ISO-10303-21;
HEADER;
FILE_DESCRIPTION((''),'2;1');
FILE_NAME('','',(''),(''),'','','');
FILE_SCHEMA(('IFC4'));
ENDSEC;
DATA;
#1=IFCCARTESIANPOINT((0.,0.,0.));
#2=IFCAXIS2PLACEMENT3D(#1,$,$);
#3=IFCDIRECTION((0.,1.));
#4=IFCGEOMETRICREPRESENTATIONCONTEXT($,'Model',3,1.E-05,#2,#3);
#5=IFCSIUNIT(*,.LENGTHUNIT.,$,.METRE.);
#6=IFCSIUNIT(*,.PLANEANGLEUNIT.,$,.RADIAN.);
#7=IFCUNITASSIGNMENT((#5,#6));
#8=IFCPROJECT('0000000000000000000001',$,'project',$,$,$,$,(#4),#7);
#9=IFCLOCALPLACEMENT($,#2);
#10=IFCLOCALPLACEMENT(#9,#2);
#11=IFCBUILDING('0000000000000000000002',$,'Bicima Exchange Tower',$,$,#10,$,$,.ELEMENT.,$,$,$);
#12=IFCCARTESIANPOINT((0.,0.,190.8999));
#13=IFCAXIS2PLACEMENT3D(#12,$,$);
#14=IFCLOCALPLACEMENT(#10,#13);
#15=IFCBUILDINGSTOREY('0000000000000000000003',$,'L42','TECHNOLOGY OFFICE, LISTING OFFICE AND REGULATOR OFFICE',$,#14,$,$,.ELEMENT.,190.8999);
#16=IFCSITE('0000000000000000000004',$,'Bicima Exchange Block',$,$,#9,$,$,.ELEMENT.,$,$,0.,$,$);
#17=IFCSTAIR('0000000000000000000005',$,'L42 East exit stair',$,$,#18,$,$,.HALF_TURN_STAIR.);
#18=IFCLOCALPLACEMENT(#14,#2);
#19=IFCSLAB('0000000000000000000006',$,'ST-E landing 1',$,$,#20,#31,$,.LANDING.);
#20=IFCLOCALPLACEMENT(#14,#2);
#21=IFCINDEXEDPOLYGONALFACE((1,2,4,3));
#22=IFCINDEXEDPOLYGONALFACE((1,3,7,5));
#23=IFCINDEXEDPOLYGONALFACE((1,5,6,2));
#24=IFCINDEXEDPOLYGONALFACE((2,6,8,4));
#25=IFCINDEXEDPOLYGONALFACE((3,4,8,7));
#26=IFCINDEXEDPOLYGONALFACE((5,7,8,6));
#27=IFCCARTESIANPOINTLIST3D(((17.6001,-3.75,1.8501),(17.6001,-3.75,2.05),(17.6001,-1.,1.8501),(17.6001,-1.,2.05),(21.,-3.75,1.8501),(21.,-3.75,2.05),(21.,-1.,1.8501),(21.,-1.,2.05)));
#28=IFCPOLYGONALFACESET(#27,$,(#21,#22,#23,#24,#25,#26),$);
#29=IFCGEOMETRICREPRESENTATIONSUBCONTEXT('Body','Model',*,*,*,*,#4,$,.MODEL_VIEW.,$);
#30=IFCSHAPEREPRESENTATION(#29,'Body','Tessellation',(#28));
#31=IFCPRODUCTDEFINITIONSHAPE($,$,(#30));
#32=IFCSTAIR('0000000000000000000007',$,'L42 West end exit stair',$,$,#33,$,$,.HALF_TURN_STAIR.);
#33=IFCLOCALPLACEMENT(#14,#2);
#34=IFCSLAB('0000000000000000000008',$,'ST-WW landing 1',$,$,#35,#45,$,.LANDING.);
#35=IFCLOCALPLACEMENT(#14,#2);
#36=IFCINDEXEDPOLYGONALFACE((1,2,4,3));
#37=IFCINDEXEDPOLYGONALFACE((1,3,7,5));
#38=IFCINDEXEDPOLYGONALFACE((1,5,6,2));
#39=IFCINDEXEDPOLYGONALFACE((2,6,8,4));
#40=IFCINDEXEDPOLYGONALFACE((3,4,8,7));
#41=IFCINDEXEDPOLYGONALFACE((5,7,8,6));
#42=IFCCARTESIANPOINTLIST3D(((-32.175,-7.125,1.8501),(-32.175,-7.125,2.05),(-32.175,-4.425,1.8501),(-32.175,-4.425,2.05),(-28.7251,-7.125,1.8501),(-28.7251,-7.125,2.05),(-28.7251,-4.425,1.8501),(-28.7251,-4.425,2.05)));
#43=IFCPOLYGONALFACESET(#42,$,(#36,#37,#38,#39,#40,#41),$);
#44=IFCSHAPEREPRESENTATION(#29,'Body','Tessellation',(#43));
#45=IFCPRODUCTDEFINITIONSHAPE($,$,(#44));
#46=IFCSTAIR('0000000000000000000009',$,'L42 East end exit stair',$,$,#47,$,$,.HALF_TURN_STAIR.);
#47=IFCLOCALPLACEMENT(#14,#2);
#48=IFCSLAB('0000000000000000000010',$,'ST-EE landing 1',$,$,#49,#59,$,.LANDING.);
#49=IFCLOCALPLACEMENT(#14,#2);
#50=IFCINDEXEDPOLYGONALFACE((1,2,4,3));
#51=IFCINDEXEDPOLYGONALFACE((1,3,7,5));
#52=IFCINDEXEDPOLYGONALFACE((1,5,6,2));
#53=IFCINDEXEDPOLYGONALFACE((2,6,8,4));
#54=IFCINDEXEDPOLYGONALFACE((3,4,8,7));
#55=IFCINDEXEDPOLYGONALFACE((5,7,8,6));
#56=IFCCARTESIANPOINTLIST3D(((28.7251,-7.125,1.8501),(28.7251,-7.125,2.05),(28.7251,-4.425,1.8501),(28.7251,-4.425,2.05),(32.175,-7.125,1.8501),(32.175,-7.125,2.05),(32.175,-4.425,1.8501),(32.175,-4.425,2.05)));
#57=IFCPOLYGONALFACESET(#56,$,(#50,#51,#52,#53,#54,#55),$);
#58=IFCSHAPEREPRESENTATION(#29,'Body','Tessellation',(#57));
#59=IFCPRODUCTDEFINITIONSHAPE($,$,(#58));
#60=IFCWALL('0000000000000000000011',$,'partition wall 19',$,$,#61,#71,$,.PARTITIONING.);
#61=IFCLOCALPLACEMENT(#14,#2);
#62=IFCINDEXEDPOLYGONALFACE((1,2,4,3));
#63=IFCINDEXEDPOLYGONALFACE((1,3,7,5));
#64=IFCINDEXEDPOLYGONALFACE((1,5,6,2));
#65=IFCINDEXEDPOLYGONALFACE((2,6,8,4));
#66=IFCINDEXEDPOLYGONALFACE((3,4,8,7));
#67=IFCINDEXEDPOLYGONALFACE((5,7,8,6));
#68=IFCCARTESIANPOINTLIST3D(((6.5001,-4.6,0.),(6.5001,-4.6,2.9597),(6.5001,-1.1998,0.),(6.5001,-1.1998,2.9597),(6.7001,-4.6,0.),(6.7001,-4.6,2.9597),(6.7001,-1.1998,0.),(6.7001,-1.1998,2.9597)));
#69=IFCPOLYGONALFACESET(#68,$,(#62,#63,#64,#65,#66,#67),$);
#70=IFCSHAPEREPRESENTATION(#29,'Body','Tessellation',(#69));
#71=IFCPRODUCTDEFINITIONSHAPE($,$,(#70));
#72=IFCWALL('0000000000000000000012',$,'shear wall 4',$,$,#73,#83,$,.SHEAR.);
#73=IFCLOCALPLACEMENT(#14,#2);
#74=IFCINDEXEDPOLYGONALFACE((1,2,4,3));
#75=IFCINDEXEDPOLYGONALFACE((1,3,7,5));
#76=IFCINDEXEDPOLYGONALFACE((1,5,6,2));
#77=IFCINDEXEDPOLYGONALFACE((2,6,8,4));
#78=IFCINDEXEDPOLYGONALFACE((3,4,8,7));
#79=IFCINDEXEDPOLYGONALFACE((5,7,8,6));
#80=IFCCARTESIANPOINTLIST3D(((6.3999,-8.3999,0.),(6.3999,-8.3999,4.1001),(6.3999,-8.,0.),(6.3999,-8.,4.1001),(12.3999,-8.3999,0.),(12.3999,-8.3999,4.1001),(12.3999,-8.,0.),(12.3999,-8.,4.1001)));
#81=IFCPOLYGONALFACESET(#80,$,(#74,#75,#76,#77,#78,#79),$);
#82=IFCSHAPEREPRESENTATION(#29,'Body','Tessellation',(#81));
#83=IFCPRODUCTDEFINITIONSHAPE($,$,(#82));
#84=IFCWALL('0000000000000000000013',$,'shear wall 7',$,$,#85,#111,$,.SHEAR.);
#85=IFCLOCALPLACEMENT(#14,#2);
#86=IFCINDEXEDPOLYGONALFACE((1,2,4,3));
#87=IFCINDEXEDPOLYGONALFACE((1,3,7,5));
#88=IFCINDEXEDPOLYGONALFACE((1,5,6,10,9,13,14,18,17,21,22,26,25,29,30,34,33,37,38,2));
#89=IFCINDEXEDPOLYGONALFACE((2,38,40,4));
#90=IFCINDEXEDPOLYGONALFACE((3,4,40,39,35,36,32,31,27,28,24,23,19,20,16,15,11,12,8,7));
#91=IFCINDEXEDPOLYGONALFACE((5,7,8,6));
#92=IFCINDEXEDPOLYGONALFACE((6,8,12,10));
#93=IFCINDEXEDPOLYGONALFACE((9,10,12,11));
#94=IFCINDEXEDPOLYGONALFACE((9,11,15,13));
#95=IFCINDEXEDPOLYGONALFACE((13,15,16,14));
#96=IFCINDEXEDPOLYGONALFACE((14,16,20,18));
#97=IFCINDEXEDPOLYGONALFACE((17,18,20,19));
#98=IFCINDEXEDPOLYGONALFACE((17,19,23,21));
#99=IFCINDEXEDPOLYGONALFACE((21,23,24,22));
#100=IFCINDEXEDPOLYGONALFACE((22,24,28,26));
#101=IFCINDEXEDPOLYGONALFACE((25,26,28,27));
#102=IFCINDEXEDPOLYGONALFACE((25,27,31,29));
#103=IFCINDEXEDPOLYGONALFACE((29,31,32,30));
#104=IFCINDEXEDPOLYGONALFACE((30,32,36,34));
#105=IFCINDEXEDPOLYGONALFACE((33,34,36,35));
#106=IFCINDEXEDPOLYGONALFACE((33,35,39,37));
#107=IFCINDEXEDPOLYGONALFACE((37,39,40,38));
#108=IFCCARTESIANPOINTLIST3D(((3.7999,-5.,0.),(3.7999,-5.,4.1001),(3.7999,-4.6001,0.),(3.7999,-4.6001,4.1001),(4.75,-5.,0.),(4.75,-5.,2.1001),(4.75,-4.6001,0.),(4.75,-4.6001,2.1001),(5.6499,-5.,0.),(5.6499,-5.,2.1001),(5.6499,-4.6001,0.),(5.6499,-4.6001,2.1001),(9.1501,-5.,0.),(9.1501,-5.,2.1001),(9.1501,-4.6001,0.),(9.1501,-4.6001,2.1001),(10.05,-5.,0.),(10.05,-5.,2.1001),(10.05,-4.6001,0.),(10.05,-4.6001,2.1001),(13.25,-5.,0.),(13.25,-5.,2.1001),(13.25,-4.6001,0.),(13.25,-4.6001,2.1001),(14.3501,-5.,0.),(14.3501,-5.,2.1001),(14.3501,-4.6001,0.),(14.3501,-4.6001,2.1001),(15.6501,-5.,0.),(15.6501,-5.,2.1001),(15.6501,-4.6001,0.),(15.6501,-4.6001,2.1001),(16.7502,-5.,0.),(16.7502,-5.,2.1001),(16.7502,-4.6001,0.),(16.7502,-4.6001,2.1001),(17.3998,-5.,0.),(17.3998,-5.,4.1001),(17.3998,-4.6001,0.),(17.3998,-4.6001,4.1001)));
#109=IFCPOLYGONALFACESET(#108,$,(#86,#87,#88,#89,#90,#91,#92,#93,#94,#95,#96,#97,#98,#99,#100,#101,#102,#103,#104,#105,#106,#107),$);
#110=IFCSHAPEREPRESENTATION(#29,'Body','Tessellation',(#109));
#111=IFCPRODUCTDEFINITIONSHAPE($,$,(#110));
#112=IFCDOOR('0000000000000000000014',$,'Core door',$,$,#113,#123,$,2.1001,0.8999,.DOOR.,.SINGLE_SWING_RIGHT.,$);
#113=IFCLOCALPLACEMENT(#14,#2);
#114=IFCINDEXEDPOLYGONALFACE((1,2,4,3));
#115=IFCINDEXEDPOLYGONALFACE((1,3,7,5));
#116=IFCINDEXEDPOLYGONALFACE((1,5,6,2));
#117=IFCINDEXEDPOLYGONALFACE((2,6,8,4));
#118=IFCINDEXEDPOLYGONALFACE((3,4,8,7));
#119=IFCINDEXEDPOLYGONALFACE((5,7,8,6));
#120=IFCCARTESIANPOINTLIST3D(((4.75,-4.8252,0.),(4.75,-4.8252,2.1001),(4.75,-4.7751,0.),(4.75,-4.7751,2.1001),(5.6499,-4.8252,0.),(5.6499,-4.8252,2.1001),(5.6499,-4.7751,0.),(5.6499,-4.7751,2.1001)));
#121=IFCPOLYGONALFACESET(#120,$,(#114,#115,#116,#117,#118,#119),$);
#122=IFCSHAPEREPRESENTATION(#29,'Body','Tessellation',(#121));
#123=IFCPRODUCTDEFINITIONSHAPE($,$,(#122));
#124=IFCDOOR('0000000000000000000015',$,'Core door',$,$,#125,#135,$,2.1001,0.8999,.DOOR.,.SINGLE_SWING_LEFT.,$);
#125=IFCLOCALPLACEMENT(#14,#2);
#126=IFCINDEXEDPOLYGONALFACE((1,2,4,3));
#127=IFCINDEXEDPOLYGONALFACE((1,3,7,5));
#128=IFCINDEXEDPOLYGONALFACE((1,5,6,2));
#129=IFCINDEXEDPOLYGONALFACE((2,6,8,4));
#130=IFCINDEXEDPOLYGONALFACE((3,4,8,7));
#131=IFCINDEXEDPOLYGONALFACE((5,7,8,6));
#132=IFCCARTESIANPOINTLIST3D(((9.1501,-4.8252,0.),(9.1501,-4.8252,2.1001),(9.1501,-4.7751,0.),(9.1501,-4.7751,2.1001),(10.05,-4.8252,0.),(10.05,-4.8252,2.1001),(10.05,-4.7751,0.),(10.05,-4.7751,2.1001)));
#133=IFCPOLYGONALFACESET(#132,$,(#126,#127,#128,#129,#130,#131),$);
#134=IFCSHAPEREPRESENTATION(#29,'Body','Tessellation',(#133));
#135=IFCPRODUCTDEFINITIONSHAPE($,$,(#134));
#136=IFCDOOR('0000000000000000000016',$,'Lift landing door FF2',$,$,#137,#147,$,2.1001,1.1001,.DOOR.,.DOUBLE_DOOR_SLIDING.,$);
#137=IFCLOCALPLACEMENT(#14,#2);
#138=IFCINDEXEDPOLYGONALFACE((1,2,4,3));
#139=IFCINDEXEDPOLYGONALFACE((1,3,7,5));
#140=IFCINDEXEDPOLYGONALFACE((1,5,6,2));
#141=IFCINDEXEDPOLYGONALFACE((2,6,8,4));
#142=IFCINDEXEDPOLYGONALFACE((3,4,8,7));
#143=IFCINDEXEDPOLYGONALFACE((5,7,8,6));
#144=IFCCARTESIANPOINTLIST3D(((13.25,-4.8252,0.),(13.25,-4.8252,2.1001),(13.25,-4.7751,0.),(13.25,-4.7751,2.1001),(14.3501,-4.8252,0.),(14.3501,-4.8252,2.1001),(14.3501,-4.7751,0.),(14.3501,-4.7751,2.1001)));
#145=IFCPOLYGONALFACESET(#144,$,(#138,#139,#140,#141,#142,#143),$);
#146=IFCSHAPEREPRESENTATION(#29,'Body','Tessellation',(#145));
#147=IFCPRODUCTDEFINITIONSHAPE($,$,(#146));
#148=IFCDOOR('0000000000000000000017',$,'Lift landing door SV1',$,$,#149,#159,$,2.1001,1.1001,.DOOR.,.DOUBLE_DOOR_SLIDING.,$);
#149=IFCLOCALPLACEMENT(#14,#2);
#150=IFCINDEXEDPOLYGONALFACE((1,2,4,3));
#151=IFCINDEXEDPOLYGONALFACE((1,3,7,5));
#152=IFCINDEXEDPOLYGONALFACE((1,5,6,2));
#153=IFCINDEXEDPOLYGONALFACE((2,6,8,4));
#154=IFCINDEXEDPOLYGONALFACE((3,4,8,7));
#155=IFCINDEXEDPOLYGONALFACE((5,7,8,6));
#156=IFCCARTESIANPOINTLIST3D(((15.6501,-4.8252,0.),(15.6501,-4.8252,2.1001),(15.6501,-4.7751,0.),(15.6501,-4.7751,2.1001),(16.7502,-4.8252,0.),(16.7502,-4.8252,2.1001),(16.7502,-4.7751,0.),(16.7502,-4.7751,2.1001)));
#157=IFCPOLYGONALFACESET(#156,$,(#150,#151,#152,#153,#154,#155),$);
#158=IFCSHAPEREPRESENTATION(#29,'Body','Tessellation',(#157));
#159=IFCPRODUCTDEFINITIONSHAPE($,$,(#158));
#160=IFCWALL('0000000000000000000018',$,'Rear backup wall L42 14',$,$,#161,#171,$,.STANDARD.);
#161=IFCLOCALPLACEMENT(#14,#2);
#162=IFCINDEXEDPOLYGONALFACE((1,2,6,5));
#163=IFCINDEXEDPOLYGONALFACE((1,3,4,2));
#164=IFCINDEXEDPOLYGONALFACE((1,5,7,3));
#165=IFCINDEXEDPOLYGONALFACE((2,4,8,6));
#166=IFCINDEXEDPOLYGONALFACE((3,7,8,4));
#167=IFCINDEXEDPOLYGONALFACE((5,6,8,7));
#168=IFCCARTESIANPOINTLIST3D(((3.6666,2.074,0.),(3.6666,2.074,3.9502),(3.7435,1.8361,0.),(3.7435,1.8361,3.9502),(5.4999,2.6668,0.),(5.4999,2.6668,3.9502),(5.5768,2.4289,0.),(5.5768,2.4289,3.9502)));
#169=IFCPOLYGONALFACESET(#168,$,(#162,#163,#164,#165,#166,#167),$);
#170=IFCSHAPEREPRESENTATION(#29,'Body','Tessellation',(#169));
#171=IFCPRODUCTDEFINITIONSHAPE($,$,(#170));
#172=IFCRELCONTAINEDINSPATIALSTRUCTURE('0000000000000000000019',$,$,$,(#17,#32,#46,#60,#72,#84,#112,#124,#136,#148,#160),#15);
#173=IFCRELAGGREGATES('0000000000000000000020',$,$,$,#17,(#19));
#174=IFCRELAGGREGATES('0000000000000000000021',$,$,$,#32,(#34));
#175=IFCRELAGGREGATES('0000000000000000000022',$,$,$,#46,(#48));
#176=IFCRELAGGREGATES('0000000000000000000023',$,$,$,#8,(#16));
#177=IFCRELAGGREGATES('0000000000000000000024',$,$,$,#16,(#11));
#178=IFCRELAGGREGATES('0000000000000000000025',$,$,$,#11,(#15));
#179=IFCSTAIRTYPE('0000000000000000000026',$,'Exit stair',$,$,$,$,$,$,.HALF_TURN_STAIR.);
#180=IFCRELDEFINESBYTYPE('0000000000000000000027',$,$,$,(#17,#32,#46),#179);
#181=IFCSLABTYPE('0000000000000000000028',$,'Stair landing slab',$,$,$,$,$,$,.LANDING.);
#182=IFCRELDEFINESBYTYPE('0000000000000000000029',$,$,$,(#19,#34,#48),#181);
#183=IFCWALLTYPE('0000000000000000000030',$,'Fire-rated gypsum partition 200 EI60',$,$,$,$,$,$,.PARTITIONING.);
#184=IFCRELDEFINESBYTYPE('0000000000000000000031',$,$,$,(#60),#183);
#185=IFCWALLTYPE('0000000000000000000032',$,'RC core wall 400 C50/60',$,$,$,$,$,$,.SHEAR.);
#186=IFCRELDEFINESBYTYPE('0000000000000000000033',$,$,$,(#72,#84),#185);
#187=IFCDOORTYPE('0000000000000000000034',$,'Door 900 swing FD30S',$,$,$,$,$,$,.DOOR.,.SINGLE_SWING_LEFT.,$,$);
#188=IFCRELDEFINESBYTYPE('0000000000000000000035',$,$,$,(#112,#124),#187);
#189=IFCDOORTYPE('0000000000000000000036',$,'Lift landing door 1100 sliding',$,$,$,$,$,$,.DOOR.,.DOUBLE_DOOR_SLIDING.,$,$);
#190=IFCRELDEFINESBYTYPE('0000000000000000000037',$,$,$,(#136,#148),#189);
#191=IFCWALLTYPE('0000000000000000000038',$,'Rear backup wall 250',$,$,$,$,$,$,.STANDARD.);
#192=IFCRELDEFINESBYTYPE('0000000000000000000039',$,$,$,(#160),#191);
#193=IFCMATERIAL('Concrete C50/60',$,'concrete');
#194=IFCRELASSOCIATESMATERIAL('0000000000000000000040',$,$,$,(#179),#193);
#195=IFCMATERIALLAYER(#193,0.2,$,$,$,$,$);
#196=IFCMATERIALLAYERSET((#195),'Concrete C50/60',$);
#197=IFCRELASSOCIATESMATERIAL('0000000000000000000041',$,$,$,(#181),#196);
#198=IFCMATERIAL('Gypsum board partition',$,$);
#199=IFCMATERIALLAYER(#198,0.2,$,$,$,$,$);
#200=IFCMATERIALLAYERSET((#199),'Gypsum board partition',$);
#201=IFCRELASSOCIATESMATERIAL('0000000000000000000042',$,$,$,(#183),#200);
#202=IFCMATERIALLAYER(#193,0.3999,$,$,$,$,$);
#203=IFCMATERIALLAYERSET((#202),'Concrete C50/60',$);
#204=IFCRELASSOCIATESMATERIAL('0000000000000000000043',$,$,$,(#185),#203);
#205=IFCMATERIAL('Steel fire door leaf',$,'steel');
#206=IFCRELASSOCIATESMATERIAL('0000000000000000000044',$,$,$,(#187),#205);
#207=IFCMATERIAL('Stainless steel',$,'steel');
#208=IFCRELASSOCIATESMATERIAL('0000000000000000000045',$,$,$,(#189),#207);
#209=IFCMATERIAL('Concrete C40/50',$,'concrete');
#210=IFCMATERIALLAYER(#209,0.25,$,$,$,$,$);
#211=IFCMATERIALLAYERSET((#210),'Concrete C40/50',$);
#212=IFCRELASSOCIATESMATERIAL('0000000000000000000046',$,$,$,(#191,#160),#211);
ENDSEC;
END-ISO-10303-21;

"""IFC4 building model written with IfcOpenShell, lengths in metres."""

from ifc_helpers import new_model, si_unit, direction, frame, frame_2d, origin, place, context, subcontext, project, spatial, polyline, rectangle, outline, extrude, material, layer, layer_set, layer_usage, type_object, element, fill, aggregate, save


model = new_model("IFC4")

# Units and contexts
model_context = context("Model", 3, precision=1e-05, world=origin(), true_north=direction((0.0, 1.0)))
body_context = subcontext(model_context, "Body", "Model", "MODEL_VIEW")
ifc_project = project(units=[si_unit("LENGTHUNIT", "METRE"), si_unit("PLANEANGLEUNIT", "RADIAN")], contexts=[model_context])

# Site, building, storey
site_placement = place(None, origin())
site = spatial("IfcSite", under=ifc_project, at=site_placement, Name="Bicima Exchange Block", CompositionType="ELEMENT", RefElevation=0.0)
building_placement = place(site_placement, origin())
building = spatial("IfcBuilding", under=site, at=building_placement, Name="Bicima Exchange Tower", CompositionType="ELEMENT")
storey_placement = place(building_placement, frame((0.0, 0.0, 190.8999)))
storey = spatial("IfcBuildingStorey", under=building, at=storey_placement, Name="L42", Description="TECHNOLOGY OFFICE, LISTING OFFICE AND REGULATOR OFFICE", CompositionType="ELEMENT", Elevation=190.8999)

# Shared definitions
ifc_material_1 = material(Name="Concrete C40/50", Category="concrete")

# Stairs, slabs
ifc_material_2 = material(Name="Concrete C50/60", Category="concrete")
stair_type_1 = type_object("IfcStairType", Name="Exit stair", PredefinedType="HALF_TURN_STAIR", material=ifc_material_2)
ifc_layer_1 = layer(ifc_material_2, 0.2)
ifc_layer_set_1 = layer_set([ifc_layer_1], Name="Concrete C50/60")
slab_type_1 = type_object("IfcSlabType", Name="Stair landing slab", PredefinedType="LANDING", material=ifc_layer_set_1)
stair_1_placement = place(storey_placement, origin())
stair_1 = element("IfcStair", 1, at=stair_1_placement, inside=storey, type_object=stair_type_1, Name="L42 East exit stair", PredefinedType="HALF_TURN_STAIR")
slab_1_placement = place(storey_placement, frame((0.0, 0.0, 1.8501)))
slab_1 = element("IfcSlab", 2, at=slab_1_placement, type_object=slab_type_1, Name="ST-E landing 1", PredefinedType="LANDING", context=body_context, shape_type="SweptSolid", body=[
    extrude(outline(polyline([(21.0, -3.75), (21.0, -1.0), (17.6001, -1.0), (17.6001, -3.75), (21.0, -3.75)])), origin(), (0.0, 0.0, 1.0), 0.2),
])
aggregate(stair_1, [slab_1])
stair_2_placement = place(storey_placement, origin())
stair_2 = element("IfcStair", 3, at=stair_2_placement, inside=storey, type_object=stair_type_1, Name="L42 West end exit stair", PredefinedType="HALF_TURN_STAIR")
slab_2_placement = place(storey_placement, frame((0.0, 0.0, 1.8501)))
slab_2 = element("IfcSlab", 4, at=slab_2_placement, type_object=slab_type_1, Name="ST-WW landing 1", PredefinedType="LANDING", context=body_context, shape_type="SweptSolid", body=[
    extrude(outline(polyline([(-28.7251, -7.125), (-28.7251, -4.425), (-32.175, -4.425), (-32.175, -7.125), (-28.7251, -7.125)])), origin(), (0.0, 0.0, 1.0), 0.2),
])
aggregate(stair_2, [slab_2])
stair_3_placement = place(storey_placement, origin())
stair_3 = element("IfcStair", 5, at=stair_3_placement, inside=storey, type_object=stair_type_1, Name="L42 East end exit stair", PredefinedType="HALF_TURN_STAIR")
slab_3_placement = place(storey_placement, frame((0.0, 0.0, 1.8501)))
slab_3 = element("IfcSlab", 6, at=slab_3_placement, type_object=slab_type_1, Name="ST-EE landing 1", PredefinedType="LANDING", context=body_context, shape_type="SweptSolid", body=[
    extrude(outline(polyline([(32.175, -7.125), (32.175, -4.425), (28.7251, -4.425), (28.7251, -7.125), (32.175, -7.125)])), origin(), (0.0, 0.0, 1.0), 0.2),
])
aggregate(stair_3, [slab_3])

# Walls
ifc_material_3 = material(Name="Gypsum board partition")
ifc_layer_2 = layer(ifc_material_3, 0.2)
ifc_layer_set_2 = layer_set([ifc_layer_2], Name="Gypsum board partition")
wall_type_1 = type_object("IfcWallType", Name="Fire-rated gypsum partition 200 EI60", PredefinedType="PARTITIONING", material=ifc_layer_set_2)
wall_1_placement = place(storey_placement, frame((6.6001, -4.6001, 0.0), z_axis=(0.0, 0.0, 1.0), x_axis=(0.0, 1.0, 0.0)))
element("IfcWall", 7, at=wall_1_placement, inside=storey, type_object=wall_type_1, Name="partition wall 19", PredefinedType="PARTITIONING", context=body_context, shape_type="SweptSolid", body=[
    extrude(rectangle(XDim=3.4001, YDim=0.2, at=frame_2d((1.7002, 0.0))), origin(), (0.0, 0.0, 1.0), 2.9597),
])
ifc_layer_3 = layer(ifc_material_2, 0.3999)
ifc_layer_set_3 = layer_set([ifc_layer_3], Name="Concrete C50/60")
wall_type_2 = type_object("IfcWallType", Name="RC core wall 400 C50/60", PredefinedType="SHEAR", material=ifc_layer_set_3)
wall_2_placement = place(storey_placement, frame((6.3999, -8.2, 0.0), z_axis=(0.0, 0.0, 1.0), x_axis=(1.0, 0.0, 0.0)))
element("IfcWall", 8, at=wall_2_placement, inside=storey, type_object=wall_type_2, Name="shear wall 4", PredefinedType="SHEAR", context=body_context, shape_type="SweptSolid", body=[
    extrude(rectangle(XDim=6.0, YDim=0.3999, at=frame_2d((3.0, 0.0))), origin(), (0.0, 0.0, 1.0), 4.1001),
])

# Wall, openings, doors
wall_3_placement = place(storey_placement, frame((3.8, -4.8, 0.0), z_axis=(0.0, 0.0, 1.0), x_axis=(1.0, 0.0, 0.0)))
wall_3 = element("IfcWall", 9, at=wall_3_placement, inside=storey, type_object=wall_type_2, Name="shear wall 7", PredefinedType="SHEAR", context=body_context, shape_type="SweptSolid", body=[
    extrude(rectangle(XDim=13.5999, YDim=0.3999, at=frame_2d((6.7998, 0.0))), origin(), (0.0, 0.0, 1.0), 4.1001),
])
opening_1_placement = place(wall_3_placement, frame((9.45, 0.0, 0.0)))
opening_1 = element("IfcOpeningElement", 10, at=opening_1_placement, cuts=wall_3, PredefinedType="OPENING", context=body_context, shape_type="SweptSolid", body=[
    extrude(rectangle(XDim=1.1001, YDim=2.1001, at=frame_2d((0.55, 1.05))), frame((0.0, 0.2119, 0.0), z_axis=(0.0, -1.0, 0.0), x_axis=(1.0, 0.0, 0.0)), (0.0, 0.0, 1.0), 0.4238),
])
opening_2_placement = place(wall_3_placement, frame((11.8501, 0.0, 0.0)))
opening_2 = element("IfcOpeningElement", 11, at=opening_2_placement, cuts=wall_3, PredefinedType="OPENING", context=body_context, shape_type="SweptSolid", body=[
    extrude(rectangle(XDim=1.1001, YDim=2.1001, at=frame_2d((0.55, 1.05))), frame((0.0, 0.2119, 0.0), z_axis=(0.0, -1.0, 0.0), x_axis=(1.0, 0.0, 0.0)), (0.0, 0.0, 1.0), 0.4238),
])
opening_3_placement = place(wall_3_placement, frame((0.95, 0.0, 0.0)))
opening_3 = element("IfcOpeningElement", 12, at=opening_3_placement, cuts=wall_3, PredefinedType="OPENING", context=body_context, shape_type="SweptSolid", body=[
    extrude(rectangle(XDim=0.8999, YDim=2.1001, at=frame_2d((0.45, 1.05))), frame((0.0, 0.2119, 0.0), z_axis=(0.0, -1.0, 0.0), x_axis=(1.0, 0.0, 0.0)), (0.0, 0.0, 1.0), 0.4238),
])
opening_4_placement = place(wall_3_placement, frame((5.3501, 0.0, 0.0)))
opening_4 = element("IfcOpeningElement", 13, at=opening_4_placement, cuts=wall_3, PredefinedType="OPENING", context=body_context, shape_type="SweptSolid", body=[
    extrude(rectangle(XDim=0.8999, YDim=2.1001, at=frame_2d((0.45, 1.05))), frame((0.0, 0.2119, 0.0), z_axis=(0.0, -1.0, 0.0), x_axis=(1.0, 0.0, 0.0)), (0.0, 0.0, 1.0), 0.4238),
])
ifc_material_4 = material(Name="Steel fire door leaf", Category="steel")
door_type_1 = type_object("IfcDoorType", Name="Door 900 swing FD30S", OperationType="SINGLE_SWING_LEFT", PredefinedType="DOOR", material=ifc_material_4)
door_1_placement = place(opening_3_placement, origin())
door_1 = element("IfcDoor", 14, at=door_1_placement, inside=storey, type_object=door_type_1, Name="Core door", OperationType="SINGLE_SWING_RIGHT", OverallHeight=2.1001, OverallWidth=0.8999, PredefinedType="DOOR", context=body_context, shape_type="SweptSolid", body=[
    extrude(rectangle(XDim=0.8999, YDim=2.1001, at=frame_2d((0.45, 1.05))), frame((0.0, 0.0249, 0.0), z_axis=(0.0, -1.0, 0.0), x_axis=(1.0, 0.0, 0.0)), (0.0, 0.0, 1.0), 0.05),
])
fill(opening_3, door_1)
door_2_placement = place(opening_4_placement, origin())
door_2 = element("IfcDoor", 15, at=door_2_placement, inside=storey, type_object=door_type_1, Name="Core door", OperationType="SINGLE_SWING_LEFT", OverallHeight=2.1001, OverallWidth=0.8999, PredefinedType="DOOR", context=body_context, shape_type="SweptSolid", body=[
    extrude(rectangle(XDim=0.8999, YDim=2.1001, at=frame_2d((0.45, 1.05))), frame((0.0, 0.0249, 0.0), z_axis=(0.0, -1.0, 0.0), x_axis=(1.0, 0.0, 0.0)), (0.0, 0.0, 1.0), 0.05),
])
fill(opening_4, door_2)
ifc_material_5 = material(Name="Stainless steel", Category="steel")
door_type_2 = type_object("IfcDoorType", Name="Lift landing door 1100 sliding", OperationType="DOUBLE_DOOR_SLIDING", PredefinedType="DOOR", material=ifc_material_5)
door_3_placement = place(opening_1_placement, origin())
door_3 = element("IfcDoor", 16, at=door_3_placement, inside=storey, type_object=door_type_2, Name="Lift landing door FF2", OperationType="DOUBLE_DOOR_SLIDING", OverallHeight=2.1001, OverallWidth=1.1001, PredefinedType="DOOR", context=body_context, shape_type="SweptSolid", body=[
    extrude(rectangle(XDim=1.1001, YDim=2.1001, at=frame_2d((0.55, 1.05))), frame((0.0, 0.0249, 0.0), z_axis=(0.0, -1.0, 0.0), x_axis=(1.0, 0.0, 0.0)), (0.0, 0.0, 1.0), 0.05),
])
fill(opening_1, door_3)
door_4_placement = place(opening_2_placement, origin())
door_4 = element("IfcDoor", 17, at=door_4_placement, inside=storey, type_object=door_type_2, Name="Lift landing door SV1", OperationType="DOUBLE_DOOR_SLIDING", OverallHeight=2.1001, OverallWidth=1.1001, PredefinedType="DOOR", context=body_context, shape_type="SweptSolid", body=[
    extrude(rectangle(XDim=1.1001, YDim=2.1001, at=frame_2d((0.55, 1.05))), frame((0.0, 0.0249, 0.0), z_axis=(0.0, -1.0, 0.0), x_axis=(1.0, 0.0, 0.0)), (0.0, 0.0, 1.0), 0.05),
])
fill(opening_2, door_4)

# Wall
ifc_layer_4 = layer(ifc_material_1, 0.25)
ifc_layer_set_4 = layer_set([ifc_layer_4], Name="Concrete C40/50")
ifc_layer_usage = layer_usage(ifc_layer_set_4, "AXIS2", "POSITIVE", -0.125)
wall_type_3 = type_object("IfcWallType", Name="Rear backup wall 250", PredefinedType="STANDARD", material=ifc_layer_set_4)
wall_4_placement = place(storey_placement, frame((5.5383, 2.5479, 0.0), z_axis=(0.0, 0.0, 1.0), x_axis=(-0.951496, -0.307662, 0.0)))
element("IfcWall", 18, at=wall_4_placement, inside=storey, type_object=wall_type_3, material=ifc_layer_usage, Name="Rear backup wall L42 14", PredefinedType="STANDARD", context=body_context, shape_type="SweptSolid", body=[
    extrude(rectangle(XDim=1.9268, YDim=0.25, at=frame_2d((0.9634, 0.0))), origin(), (0.0, 0.0, 1.0), 3.9502),
])

save(model, "model.ifc")
